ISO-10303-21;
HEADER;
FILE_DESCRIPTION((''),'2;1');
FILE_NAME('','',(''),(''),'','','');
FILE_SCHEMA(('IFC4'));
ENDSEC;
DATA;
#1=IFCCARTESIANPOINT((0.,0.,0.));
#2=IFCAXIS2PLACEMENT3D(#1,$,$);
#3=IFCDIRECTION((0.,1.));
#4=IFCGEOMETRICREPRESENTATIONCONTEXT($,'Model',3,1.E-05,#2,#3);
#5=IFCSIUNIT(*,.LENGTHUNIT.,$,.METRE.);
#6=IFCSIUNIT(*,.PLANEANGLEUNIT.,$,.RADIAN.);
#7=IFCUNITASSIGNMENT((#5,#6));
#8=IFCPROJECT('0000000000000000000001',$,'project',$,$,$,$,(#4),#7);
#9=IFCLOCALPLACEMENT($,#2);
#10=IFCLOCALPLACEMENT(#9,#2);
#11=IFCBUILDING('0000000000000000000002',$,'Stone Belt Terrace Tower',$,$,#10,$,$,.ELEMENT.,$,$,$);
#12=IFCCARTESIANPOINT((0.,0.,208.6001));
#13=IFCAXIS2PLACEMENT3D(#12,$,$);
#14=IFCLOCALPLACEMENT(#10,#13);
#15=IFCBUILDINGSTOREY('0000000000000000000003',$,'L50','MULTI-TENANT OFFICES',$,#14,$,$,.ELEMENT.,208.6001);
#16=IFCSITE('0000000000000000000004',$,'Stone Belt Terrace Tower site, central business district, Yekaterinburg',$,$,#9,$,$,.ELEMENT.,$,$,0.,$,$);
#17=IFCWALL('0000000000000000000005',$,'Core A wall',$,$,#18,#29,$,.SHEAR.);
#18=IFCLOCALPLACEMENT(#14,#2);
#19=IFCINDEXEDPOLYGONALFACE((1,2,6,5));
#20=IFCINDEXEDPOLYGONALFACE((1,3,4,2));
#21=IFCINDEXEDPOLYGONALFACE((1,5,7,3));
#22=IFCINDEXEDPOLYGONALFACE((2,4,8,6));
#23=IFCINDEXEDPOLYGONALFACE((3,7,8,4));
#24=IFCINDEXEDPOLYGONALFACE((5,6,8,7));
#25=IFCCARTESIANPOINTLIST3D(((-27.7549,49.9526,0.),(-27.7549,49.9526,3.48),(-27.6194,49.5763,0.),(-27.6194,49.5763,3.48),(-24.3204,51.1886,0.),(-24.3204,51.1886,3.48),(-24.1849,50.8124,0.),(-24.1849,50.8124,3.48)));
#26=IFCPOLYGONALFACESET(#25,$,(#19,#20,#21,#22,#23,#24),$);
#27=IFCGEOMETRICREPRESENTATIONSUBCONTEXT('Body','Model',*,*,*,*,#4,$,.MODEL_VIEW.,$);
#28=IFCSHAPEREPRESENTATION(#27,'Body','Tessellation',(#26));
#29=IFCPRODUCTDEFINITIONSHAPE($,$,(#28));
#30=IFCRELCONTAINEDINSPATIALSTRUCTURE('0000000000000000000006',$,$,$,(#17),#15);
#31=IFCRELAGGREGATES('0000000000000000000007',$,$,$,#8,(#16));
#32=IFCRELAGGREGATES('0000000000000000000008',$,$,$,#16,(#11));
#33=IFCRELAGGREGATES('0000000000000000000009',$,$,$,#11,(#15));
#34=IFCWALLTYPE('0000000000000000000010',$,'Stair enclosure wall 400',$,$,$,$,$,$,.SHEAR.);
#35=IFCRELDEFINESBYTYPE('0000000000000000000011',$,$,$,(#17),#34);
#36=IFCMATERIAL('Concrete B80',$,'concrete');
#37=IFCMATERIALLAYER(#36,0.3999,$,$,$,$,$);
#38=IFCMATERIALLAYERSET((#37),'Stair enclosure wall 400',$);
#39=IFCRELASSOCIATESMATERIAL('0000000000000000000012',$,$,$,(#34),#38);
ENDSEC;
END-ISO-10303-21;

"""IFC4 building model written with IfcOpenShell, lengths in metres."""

from ifc_helpers import new_model, si_unit, direction, frame, frame_2d, origin, place, context, subcontext, project, spatial, rectangle, extrude, material, layer, layer_set, type_object, element, save


model = new_model("IFC4")

# Units and contexts
model_context = context("Model", 3, precision=1e-05, world=origin(), true_north=direction((0.0, 1.0)))
body_context = subcontext(model_context, "Body", "Model", "MODEL_VIEW")
ifc_project = project(units=[si_unit("LENGTHUNIT", "METRE"), si_unit("PLANEANGLEUNIT", "RADIAN")], contexts=[model_context])

# Site, building, storey
site_placement = place(None, origin())
site = spatial("IfcSite", under=ifc_project, at=site_placement, Name="Stone Belt Terrace Tower site, central business district, Yekaterinburg", CompositionType="ELEMENT", RefElevation=0.0)
building_placement = place(site_placement, origin())
building = spatial("IfcBuilding", under=site, at=building_placement, Name="Stone Belt Terrace Tower", CompositionType="ELEMENT")
storey_placement = place(building_placement, frame((0.0, 0.0, 208.6001)))
storey = spatial("IfcBuildingStorey", under=building, at=storey_placement, Name="L50", Description="MULTI-TENANT OFFICES", CompositionType="ELEMENT", Elevation=208.6001)

# Shared definitions
ifc_material_1 = material(Name="Concrete B80", Category="concrete")

# Wall
ifc_layer_1 = layer(ifc_material_1, 0.3999)
ifc_layer_set_1 = layer_set([ifc_layer_1], Name="Stair enclosure wall 400")
wall_type_1 = type_object("IfcWallType", Name="Stair enclosure wall 400", PredefinedType="SHEAR", material=ifc_layer_set_1)
wall_1_placement = place(storey_placement, frame((-27.6873, 49.7644, 0.0), z_axis=(0.0, 0.0, 1.0), x_axis=(0.940919, 0.338632, 0.0)))
element("IfcWall", 1, at=wall_1_placement, inside=storey, type_object=wall_type_1, Name="Core A wall", PredefinedType="SHEAR", context=body_context, shape_type="SweptSolid", body=[
    extrude(rectangle(XDim=3.6501, YDim=0.3999, at=frame_2d((1.8252, 0.0))), origin(), (0.0, 0.0, 1.0), 3.48),
])

save(model, "model.ifc")
